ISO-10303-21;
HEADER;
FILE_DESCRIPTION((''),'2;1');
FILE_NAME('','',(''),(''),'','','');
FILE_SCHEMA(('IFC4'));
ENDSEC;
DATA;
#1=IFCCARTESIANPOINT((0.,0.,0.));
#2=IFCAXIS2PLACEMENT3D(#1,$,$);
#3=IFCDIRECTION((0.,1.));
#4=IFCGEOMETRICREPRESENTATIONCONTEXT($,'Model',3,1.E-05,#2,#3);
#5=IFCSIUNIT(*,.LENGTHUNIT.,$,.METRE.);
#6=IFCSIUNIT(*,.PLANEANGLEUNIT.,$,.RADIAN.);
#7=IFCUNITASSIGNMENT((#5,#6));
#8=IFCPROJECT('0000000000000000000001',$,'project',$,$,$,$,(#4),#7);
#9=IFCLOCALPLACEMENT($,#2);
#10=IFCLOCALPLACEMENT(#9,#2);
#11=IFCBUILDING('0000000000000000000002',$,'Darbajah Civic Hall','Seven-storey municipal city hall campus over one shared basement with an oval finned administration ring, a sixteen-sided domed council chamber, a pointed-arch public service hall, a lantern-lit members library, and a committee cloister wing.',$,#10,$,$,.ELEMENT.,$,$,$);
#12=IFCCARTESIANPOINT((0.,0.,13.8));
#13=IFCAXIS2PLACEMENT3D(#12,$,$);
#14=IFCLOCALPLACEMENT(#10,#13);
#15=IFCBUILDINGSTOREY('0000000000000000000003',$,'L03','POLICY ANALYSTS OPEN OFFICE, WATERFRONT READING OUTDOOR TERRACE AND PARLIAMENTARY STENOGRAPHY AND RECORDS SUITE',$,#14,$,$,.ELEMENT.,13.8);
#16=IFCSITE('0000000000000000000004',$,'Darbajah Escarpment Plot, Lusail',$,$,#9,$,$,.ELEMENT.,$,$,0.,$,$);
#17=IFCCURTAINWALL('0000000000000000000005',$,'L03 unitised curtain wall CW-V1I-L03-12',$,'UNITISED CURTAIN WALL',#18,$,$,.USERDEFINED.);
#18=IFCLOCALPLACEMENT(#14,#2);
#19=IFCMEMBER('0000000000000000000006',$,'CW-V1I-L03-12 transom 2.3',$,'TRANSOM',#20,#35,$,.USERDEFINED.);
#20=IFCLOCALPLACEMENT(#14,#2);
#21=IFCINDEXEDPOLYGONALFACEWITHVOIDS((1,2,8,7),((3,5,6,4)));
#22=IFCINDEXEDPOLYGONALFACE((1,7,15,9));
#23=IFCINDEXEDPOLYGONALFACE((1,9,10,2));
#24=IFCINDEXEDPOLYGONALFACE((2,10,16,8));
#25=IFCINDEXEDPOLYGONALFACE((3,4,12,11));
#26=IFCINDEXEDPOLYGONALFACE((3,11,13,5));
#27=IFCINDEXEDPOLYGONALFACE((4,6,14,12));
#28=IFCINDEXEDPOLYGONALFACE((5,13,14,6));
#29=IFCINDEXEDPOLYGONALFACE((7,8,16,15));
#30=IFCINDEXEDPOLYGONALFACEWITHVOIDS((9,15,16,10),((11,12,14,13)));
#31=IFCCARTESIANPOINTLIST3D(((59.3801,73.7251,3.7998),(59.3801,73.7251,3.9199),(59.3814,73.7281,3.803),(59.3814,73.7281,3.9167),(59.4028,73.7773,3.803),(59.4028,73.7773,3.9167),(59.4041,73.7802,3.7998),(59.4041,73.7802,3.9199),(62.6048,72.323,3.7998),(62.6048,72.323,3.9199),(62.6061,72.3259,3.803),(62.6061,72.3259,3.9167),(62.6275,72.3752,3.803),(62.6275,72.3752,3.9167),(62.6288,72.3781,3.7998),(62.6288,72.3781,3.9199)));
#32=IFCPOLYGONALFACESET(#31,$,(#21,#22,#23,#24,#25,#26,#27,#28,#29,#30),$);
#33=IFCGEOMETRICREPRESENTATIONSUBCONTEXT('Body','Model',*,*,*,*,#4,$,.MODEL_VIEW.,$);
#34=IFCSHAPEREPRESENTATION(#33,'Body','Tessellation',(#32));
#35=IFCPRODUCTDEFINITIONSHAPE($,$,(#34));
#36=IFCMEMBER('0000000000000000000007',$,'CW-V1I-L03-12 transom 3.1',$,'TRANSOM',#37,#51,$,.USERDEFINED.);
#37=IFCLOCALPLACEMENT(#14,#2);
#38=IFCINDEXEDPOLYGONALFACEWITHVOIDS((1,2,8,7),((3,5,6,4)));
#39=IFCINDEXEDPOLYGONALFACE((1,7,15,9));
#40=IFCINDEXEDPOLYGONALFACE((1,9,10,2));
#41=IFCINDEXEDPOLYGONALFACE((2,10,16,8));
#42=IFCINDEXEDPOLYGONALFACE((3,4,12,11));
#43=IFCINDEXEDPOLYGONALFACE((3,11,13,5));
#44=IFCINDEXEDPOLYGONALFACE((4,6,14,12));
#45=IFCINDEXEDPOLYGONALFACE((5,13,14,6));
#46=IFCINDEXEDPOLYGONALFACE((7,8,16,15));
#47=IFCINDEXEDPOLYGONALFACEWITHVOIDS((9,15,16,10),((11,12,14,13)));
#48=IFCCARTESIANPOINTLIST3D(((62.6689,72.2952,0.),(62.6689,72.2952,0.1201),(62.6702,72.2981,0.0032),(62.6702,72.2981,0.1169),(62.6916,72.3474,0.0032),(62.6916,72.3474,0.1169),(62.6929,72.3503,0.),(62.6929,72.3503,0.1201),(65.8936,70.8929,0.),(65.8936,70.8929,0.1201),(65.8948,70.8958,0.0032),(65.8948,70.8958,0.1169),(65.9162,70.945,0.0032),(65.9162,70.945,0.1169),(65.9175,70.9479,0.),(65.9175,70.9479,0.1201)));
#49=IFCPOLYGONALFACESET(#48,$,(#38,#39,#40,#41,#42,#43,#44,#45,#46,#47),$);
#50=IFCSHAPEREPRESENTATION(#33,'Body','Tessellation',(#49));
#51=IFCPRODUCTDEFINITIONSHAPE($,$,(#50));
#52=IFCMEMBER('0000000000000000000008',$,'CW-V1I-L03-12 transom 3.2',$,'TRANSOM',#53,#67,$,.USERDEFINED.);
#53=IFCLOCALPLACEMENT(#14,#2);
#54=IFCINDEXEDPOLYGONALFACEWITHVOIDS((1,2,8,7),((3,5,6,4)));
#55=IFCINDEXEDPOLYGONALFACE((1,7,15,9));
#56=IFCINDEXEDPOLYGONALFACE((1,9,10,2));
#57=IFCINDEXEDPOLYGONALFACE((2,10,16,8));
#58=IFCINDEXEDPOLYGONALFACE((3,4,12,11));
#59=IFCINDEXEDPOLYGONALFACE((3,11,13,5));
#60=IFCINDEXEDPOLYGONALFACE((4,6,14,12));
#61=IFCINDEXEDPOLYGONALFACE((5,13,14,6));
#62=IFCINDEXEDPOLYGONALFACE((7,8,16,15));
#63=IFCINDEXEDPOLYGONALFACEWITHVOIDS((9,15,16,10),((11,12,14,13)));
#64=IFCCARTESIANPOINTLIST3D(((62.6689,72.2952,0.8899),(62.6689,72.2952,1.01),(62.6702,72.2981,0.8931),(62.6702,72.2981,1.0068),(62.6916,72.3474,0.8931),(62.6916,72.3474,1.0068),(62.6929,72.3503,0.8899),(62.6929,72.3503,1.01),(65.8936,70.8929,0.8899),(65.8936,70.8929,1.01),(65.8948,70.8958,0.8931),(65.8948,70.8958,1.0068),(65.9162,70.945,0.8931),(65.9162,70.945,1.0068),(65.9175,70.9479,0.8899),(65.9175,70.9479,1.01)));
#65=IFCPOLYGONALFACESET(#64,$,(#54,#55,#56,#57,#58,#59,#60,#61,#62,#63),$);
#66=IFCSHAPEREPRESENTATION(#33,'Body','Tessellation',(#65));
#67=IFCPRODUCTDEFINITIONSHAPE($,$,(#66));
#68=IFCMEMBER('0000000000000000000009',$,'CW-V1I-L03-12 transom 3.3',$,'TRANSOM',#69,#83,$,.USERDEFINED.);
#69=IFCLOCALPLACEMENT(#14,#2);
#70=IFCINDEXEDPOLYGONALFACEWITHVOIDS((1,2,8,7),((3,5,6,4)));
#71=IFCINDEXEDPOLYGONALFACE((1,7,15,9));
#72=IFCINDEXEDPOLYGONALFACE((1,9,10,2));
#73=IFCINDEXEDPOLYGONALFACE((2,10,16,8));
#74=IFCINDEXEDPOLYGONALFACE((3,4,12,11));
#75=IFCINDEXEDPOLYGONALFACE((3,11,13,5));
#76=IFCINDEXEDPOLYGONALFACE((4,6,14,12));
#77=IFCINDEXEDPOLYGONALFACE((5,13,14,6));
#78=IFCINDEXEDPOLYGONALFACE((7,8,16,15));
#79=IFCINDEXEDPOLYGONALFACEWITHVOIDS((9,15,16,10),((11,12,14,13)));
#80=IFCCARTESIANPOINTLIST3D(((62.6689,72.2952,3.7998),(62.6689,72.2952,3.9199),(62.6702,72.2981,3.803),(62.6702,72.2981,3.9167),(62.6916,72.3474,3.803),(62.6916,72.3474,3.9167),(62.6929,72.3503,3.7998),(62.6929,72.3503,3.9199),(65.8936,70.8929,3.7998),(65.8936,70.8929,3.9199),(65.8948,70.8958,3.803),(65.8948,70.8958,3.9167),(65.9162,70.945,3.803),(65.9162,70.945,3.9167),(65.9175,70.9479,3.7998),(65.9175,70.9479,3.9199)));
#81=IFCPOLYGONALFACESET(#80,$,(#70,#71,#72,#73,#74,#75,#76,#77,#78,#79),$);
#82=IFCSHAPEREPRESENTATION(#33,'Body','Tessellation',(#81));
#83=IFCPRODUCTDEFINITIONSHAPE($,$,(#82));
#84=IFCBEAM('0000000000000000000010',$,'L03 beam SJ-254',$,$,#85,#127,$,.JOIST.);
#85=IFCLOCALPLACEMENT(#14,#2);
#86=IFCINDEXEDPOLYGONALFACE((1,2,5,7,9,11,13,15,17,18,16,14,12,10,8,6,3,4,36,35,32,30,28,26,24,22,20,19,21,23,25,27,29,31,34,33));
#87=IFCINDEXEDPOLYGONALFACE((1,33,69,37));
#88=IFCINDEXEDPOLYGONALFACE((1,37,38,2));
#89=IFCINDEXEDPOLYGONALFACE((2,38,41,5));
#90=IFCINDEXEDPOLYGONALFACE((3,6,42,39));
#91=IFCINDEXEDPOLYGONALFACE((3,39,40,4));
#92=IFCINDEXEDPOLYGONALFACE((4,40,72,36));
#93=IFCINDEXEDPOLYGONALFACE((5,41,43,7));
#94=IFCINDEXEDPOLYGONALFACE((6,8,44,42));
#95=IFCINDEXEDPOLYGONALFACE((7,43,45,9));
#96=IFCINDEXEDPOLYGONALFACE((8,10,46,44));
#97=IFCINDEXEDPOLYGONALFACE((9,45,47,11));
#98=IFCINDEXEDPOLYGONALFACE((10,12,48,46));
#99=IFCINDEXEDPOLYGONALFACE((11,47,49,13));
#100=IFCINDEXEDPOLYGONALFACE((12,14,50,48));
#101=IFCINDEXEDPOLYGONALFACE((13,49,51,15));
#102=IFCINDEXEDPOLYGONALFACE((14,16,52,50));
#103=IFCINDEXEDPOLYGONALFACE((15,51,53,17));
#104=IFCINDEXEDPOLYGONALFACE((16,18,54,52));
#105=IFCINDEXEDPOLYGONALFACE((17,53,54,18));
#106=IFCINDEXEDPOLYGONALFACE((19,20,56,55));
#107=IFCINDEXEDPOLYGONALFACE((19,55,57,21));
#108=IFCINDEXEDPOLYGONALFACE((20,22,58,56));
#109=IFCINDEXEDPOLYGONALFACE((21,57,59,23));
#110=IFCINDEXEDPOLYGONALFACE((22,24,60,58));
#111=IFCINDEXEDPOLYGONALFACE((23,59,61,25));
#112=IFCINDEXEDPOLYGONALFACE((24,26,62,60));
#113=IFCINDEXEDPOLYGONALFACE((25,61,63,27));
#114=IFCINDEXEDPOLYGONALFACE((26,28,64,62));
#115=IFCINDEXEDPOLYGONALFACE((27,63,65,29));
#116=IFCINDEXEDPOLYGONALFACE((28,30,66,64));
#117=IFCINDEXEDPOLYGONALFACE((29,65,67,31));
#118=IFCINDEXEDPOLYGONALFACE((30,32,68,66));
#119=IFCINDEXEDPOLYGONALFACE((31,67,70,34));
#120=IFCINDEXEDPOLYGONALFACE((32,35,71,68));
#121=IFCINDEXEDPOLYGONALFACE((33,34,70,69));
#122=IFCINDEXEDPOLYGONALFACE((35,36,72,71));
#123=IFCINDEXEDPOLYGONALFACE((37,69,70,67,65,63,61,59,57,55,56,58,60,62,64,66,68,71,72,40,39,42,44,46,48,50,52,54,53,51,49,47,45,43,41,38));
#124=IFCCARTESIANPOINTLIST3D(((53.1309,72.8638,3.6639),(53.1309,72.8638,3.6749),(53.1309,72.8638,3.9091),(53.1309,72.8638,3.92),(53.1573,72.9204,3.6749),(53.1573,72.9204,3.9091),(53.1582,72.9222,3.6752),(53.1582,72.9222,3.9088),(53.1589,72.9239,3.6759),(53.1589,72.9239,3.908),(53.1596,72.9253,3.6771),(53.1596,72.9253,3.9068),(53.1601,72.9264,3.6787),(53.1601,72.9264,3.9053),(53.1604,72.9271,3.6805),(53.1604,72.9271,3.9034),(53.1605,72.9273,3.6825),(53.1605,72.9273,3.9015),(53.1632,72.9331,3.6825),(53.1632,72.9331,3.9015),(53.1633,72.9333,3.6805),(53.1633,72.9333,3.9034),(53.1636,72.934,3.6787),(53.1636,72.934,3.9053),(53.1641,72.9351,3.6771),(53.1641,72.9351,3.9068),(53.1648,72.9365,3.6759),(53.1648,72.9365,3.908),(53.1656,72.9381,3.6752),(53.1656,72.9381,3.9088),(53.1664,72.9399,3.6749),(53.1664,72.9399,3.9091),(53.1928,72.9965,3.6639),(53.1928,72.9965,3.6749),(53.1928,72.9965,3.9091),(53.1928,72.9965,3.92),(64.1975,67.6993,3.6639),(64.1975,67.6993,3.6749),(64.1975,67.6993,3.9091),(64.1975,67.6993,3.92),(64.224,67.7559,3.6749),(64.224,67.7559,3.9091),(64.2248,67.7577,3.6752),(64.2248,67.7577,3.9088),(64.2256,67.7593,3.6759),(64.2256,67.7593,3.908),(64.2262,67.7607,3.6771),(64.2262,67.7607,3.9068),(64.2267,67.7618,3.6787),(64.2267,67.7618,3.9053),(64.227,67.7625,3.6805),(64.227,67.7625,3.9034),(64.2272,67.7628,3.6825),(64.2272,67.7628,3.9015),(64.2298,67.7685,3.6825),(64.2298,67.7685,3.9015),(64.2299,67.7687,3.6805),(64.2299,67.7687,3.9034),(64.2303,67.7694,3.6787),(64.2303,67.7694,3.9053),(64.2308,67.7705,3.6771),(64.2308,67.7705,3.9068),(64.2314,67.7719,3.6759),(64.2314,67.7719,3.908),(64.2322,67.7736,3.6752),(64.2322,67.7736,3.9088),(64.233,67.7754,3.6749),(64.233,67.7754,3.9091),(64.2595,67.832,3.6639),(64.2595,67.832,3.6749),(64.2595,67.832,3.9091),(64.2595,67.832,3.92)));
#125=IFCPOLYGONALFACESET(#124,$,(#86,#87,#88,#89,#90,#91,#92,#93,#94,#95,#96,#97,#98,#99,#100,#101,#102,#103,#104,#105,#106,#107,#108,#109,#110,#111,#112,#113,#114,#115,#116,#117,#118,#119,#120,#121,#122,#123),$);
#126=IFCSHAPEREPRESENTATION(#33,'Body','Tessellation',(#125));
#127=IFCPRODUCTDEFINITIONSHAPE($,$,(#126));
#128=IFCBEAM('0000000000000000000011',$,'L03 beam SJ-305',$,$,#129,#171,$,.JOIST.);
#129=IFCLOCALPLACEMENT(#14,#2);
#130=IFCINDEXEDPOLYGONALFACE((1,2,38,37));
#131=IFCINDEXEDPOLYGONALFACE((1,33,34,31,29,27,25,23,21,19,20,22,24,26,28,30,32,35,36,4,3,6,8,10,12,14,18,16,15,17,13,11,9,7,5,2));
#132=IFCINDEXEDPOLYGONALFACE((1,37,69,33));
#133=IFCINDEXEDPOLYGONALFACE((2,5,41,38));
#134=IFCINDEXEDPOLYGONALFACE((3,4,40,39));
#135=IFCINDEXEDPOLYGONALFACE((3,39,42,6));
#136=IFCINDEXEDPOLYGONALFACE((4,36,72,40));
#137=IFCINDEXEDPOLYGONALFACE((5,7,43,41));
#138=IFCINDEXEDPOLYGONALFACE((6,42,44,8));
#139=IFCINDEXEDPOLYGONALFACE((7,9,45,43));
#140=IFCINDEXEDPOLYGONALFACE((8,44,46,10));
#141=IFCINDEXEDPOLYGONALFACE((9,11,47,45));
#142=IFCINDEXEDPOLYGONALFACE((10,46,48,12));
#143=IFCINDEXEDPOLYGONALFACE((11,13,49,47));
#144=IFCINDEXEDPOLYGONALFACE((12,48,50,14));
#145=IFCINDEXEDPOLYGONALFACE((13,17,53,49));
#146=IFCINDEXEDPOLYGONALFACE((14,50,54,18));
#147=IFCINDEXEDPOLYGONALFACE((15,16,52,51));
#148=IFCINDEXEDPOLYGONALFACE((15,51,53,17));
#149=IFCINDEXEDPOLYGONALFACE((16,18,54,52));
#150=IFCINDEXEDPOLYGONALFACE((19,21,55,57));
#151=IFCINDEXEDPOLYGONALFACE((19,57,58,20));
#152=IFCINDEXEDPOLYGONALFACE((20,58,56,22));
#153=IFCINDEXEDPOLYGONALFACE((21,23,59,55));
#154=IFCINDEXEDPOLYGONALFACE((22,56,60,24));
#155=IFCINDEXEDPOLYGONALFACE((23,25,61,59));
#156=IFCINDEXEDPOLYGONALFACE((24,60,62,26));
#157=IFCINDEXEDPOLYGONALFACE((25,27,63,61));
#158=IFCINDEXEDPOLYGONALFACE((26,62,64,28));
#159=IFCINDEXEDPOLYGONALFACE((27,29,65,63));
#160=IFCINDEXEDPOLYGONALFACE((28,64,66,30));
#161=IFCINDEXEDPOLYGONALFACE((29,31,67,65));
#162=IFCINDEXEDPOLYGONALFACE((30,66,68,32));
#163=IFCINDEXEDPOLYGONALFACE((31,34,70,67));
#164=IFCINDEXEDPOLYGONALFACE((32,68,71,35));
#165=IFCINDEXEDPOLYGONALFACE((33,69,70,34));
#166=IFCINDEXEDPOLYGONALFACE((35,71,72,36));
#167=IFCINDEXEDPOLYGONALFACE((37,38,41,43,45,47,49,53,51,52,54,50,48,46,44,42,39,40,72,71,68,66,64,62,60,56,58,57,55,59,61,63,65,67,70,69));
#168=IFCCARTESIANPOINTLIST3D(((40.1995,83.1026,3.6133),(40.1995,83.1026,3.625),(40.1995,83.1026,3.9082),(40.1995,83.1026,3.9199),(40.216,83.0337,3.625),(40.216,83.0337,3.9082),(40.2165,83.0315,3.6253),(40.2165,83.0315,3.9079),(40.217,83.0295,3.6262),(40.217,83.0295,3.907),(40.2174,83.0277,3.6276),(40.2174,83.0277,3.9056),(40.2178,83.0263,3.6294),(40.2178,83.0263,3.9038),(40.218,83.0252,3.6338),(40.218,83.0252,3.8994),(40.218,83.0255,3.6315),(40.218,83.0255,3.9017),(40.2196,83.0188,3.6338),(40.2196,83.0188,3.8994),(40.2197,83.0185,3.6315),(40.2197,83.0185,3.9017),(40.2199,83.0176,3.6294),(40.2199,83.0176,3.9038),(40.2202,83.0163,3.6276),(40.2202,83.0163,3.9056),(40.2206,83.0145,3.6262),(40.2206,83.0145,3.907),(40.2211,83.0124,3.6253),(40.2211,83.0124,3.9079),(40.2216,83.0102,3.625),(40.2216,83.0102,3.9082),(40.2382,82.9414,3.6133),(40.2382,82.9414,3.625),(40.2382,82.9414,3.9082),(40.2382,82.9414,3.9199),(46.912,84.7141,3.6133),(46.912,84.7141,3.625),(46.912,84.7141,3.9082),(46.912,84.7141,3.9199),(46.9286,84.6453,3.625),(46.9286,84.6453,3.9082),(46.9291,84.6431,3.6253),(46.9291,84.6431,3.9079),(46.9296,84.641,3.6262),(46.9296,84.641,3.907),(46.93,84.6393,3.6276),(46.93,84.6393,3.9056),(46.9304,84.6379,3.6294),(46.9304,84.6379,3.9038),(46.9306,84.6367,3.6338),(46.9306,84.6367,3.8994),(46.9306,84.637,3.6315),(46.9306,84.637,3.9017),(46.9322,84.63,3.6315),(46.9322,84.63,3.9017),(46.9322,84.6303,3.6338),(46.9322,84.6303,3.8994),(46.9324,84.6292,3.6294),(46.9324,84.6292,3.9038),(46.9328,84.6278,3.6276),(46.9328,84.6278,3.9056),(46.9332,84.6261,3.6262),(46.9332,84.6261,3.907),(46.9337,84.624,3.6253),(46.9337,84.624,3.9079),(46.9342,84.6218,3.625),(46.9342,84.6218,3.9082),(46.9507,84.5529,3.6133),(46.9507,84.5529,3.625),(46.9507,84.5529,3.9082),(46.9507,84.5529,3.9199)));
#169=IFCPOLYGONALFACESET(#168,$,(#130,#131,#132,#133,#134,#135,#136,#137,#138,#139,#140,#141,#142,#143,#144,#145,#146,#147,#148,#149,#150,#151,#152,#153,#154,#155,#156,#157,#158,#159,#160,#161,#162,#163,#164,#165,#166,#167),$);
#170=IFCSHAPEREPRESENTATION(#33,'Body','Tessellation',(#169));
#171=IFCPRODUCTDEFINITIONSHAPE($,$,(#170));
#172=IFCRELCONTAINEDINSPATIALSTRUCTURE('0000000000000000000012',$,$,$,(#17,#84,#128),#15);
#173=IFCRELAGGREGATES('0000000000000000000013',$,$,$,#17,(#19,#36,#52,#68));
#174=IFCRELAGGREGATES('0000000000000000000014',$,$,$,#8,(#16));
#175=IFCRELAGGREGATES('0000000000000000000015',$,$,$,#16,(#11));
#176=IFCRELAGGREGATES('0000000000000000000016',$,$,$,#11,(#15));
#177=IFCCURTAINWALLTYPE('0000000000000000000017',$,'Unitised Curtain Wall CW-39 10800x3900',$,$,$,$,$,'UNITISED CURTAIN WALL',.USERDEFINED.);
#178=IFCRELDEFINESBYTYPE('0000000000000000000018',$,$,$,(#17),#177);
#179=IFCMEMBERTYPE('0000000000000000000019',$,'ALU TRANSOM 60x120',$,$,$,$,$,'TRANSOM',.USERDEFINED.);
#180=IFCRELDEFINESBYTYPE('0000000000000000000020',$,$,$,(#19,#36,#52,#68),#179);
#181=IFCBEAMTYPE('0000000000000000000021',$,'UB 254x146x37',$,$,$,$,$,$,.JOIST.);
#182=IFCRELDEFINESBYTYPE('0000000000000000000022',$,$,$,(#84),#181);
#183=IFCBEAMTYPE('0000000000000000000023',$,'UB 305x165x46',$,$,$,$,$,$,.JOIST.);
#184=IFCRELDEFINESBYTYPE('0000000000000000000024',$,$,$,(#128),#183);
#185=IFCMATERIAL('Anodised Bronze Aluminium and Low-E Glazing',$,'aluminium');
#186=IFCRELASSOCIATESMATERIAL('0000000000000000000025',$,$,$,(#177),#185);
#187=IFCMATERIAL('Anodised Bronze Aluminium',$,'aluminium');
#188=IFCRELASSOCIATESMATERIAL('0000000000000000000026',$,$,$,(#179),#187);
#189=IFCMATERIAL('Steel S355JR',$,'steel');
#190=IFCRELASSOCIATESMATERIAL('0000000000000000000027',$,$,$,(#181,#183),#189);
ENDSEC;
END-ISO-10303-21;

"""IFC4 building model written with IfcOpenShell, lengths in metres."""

from ifc_helpers import new_model, si_unit, direction, frame, origin, origin_2d, place, context, subcontext, project, spatial, hollow_rectangle, i_section, extrude, material, material_profile, profile_set, type_object, element, aggregate, save


model = new_model("IFC4")

# Units and contexts
model_context = context("Model", 3, precision=1e-05, world=origin(), true_north=direction((0.0, 1.0)))
body_context = subcontext(model_context, "Body", "Model", "MODEL_VIEW")
ifc_project = project(units=[si_unit("LENGTHUNIT", "METRE"), si_unit("PLANEANGLEUNIT", "RADIAN")], contexts=[model_context])

# Site, building, storey
site_placement = place(None, origin())
site = spatial("IfcSite", under=ifc_project, at=site_placement, Name="Darbajah Escarpment Plot, Lusail", CompositionType="ELEMENT", RefElevation=0.0)
building_placement = place(site_placement, origin())
building = spatial("IfcBuilding", under=site, at=building_placement, Name="Darbajah Civic Hall", Description="Seven-storey municipal city hall campus over one shared basement with an oval finned administration ring, a sixteen-sided domed council chamber, a pointed-arch public service hall, a lantern-lit members library, and a committee cloister wing.", CompositionType="ELEMENT")
storey_placement = place(building_placement, frame((0.0, 0.0, 13.8)))
storey = spatial("IfcBuildingStorey", under=building, at=storey_placement, Name="L03", Description="POLICY ANALYSTS OPEN OFFICE, WATERFRONT READING OUTDOOR TERRACE AND PARLIAMENTARY STENOGRAPHY AND RECORDS SUITE", CompositionType="ELEMENT", Elevation=13.8)

# Curtain wall
ifc_material_1 = material(Name="Anodised Bronze Aluminium and Low-E Glazing", Category="aluminium")
curtain_wall_type_1 = type_object("IfcCurtainWallType", Name="Unitised Curtain Wall CW-39 10800x3900", ElementType="UNITISED CURTAIN WALL", PredefinedType="USERDEFINED", material=ifc_material_1)
curtain_wall_1_placement = place(storey_placement, origin())
curtain_wall_1 = element("IfcCurtainWall", 1, at=curtain_wall_1_placement, inside=storey, type_object=curtain_wall_type_1, Name="L03 unitised curtain wall CW-V1I-L03-12", ObjectType="UNITISED CURTAIN WALL", PredefinedType="USERDEFINED")
ifc_material_2 = material(Name="Anodised Bronze Aluminium", Category="aluminium")

# Shared definitions
ifc_material_profile_1 = material_profile(ifc_material_2, hollow_rectangle(XDim=0.0601, YDim=0.1201, WallThickness=0.0032, at=origin_2d()), Name="ALU TRANSOM 60x120")
ifc_profile_set_1 = profile_set([ifc_material_profile_1], Name="Anodised Bronze Aluminium")
member_type_1 = type_object("IfcMemberType", Name="ALU TRANSOM 60x120", ElementType="TRANSOM", PredefinedType="USERDEFINED", material=ifc_profile_set_1)

# Members
member_1_placement = place(storey_placement, frame((59.3921, 73.7527, 3.8599), z_axis=(0.91706, -0.398749, 0.0), x_axis=(0.398749, 0.91706, 0.0)))
member_1 = element("IfcMember", 2, at=member_1_placement, type_object=member_type_1, Name="CW-V1I-L03-12 transom 2.3", ObjectType="TRANSOM", PredefinedType="USERDEFINED", context=body_context, shape_type="SweptSolid", body=[
    extrude(hollow_rectangle(XDim=0.0601, YDim=0.1201, WallThickness=0.0032, at=origin_2d()), origin(), (0.0, 0.0, 1.0), 3.5164),
])
member_2_placement = place(storey_placement, frame((62.6809, 72.3228, 0.0601), z_axis=(0.917035, -0.398807, 0.0), x_axis=(0.398807, 0.917035, 0.0)))
member_2 = element("IfcMember", 3, at=member_2_placement, type_object=member_type_1, Name="CW-V1I-L03-12 transom 3.1", ObjectType="TRANSOM", PredefinedType="USERDEFINED", context=body_context, shape_type="SweptSolid", body=[
    extrude(hollow_rectangle(XDim=0.0601, YDim=0.1201, WallThickness=0.0032, at=origin_2d()), origin(), (0.0, 0.0, 1.0), 3.5164),
])
member_3_placement = place(storey_placement, frame((62.6809, 72.3228, 0.95), z_axis=(0.917035, -0.398807, 0.0), x_axis=(0.398807, 0.917035, 0.0)))
member_3 = element("IfcMember", 4, at=member_3_placement, type_object=member_type_1, Name="CW-V1I-L03-12 transom 3.2", ObjectType="TRANSOM", PredefinedType="USERDEFINED", context=body_context, shape_type="SweptSolid", body=[
    extrude(hollow_rectangle(XDim=0.0601, YDim=0.1201, WallThickness=0.0032, at=origin_2d()), origin(), (0.0, 0.0, 1.0), 3.5164),
])
member_4_placement = place(storey_placement, frame((62.6809, 72.3228, 3.8599), z_axis=(0.917035, -0.398807, 0.0), x_axis=(0.398807, 0.917035, 0.0)))
member_4 = element("IfcMember", 5, at=member_4_placement, type_object=member_type_1, Name="CW-V1I-L03-12 transom 3.3", ObjectType="TRANSOM", PredefinedType="USERDEFINED", context=body_context, shape_type="SweptSolid", body=[
    extrude(hollow_rectangle(XDim=0.0601, YDim=0.1201, WallThickness=0.0032, at=origin_2d()), origin(), (0.0, 0.0, 1.0), 3.5164),
])

# Beams
ifc_material_3 = material(Name="Steel S355JR", Category="steel")
ifc_material_profile_2 = material_profile(ifc_material_3, i_section(OverallWidth=0.1465, OverallDepth=0.2561, WebThickness=0.0063, FlangeThickness=0.011, FilletRadius=0.0076, at=origin_2d()), Name="UB 254x146x37")
ifc_profile_set_2 = profile_set([ifc_material_profile_2], Name="Steel S355JR")
beam_type_1 = type_object("IfcBeamType", Name="UB 254x146x37", PredefinedType="JOIST", material=ifc_profile_set_2)
beam_1_placement = place(storey_placement, frame((53.1619, 72.9302, 3.792), z_axis=(0.90618, -0.422893, 0.0), x_axis=(0.422893, 0.90618, 0.0)))
element("IfcBeam", 6, at=beam_1_placement, inside=storey, type_object=beam_type_1, Name="L03 beam SJ-254", PredefinedType="JOIST", context=body_context, shape_type="SweptSolid", body=[
    extrude(i_section(OverallWidth=0.1465, OverallDepth=0.2561, WebThickness=0.0063, FlangeThickness=0.011, FilletRadius=0.0076, at=origin_2d()), origin(), (0.0, 0.0, 1.0), 12.2124),
])
ifc_material_profile_3 = material_profile(ifc_material_3, i_section(OverallWidth=0.1658, OverallDepth=0.3066, WebThickness=0.0066, FlangeThickness=0.0117, FilletRadius=0.0088, at=origin_2d()), Name="UB 305x165x46")
ifc_profile_set_3 = profile_set([ifc_material_profile_3], Name="Steel S355JR")
beam_type_2 = type_object("IfcBeamType", Name="UB 305x165x46", PredefinedType="JOIST", material=ifc_profile_set_3)
for number, where, z_axis, x_axis, name in (
    (7, (46.9314, 84.6335, 3.7666), (-0.97237, -0.233447, 0.0), (0.233447, -0.97237, 0.0), "L03 beam SJ-305"),
):
    element("IfcBeam", number, at=place(storey_placement, frame(where, z_axis=z_axis, x_axis=x_axis)), inside=storey, type_object=beam_type_2, Name=name, PredefinedType="JOIST", context=body_context, shape_type="SweptSolid", body=[
        extrude(i_section(OverallWidth=0.1658, OverallDepth=0.3066, WebThickness=0.0066, FlangeThickness=0.0117, FilletRadius=0.0088, at=origin_2d()), origin(), (0.0, 0.0, 1.0), 6.9033),
    ])

aggregate(curtain_wall_1, [member_1, member_2, member_3, member_4])

save(model, "model.ifc")
